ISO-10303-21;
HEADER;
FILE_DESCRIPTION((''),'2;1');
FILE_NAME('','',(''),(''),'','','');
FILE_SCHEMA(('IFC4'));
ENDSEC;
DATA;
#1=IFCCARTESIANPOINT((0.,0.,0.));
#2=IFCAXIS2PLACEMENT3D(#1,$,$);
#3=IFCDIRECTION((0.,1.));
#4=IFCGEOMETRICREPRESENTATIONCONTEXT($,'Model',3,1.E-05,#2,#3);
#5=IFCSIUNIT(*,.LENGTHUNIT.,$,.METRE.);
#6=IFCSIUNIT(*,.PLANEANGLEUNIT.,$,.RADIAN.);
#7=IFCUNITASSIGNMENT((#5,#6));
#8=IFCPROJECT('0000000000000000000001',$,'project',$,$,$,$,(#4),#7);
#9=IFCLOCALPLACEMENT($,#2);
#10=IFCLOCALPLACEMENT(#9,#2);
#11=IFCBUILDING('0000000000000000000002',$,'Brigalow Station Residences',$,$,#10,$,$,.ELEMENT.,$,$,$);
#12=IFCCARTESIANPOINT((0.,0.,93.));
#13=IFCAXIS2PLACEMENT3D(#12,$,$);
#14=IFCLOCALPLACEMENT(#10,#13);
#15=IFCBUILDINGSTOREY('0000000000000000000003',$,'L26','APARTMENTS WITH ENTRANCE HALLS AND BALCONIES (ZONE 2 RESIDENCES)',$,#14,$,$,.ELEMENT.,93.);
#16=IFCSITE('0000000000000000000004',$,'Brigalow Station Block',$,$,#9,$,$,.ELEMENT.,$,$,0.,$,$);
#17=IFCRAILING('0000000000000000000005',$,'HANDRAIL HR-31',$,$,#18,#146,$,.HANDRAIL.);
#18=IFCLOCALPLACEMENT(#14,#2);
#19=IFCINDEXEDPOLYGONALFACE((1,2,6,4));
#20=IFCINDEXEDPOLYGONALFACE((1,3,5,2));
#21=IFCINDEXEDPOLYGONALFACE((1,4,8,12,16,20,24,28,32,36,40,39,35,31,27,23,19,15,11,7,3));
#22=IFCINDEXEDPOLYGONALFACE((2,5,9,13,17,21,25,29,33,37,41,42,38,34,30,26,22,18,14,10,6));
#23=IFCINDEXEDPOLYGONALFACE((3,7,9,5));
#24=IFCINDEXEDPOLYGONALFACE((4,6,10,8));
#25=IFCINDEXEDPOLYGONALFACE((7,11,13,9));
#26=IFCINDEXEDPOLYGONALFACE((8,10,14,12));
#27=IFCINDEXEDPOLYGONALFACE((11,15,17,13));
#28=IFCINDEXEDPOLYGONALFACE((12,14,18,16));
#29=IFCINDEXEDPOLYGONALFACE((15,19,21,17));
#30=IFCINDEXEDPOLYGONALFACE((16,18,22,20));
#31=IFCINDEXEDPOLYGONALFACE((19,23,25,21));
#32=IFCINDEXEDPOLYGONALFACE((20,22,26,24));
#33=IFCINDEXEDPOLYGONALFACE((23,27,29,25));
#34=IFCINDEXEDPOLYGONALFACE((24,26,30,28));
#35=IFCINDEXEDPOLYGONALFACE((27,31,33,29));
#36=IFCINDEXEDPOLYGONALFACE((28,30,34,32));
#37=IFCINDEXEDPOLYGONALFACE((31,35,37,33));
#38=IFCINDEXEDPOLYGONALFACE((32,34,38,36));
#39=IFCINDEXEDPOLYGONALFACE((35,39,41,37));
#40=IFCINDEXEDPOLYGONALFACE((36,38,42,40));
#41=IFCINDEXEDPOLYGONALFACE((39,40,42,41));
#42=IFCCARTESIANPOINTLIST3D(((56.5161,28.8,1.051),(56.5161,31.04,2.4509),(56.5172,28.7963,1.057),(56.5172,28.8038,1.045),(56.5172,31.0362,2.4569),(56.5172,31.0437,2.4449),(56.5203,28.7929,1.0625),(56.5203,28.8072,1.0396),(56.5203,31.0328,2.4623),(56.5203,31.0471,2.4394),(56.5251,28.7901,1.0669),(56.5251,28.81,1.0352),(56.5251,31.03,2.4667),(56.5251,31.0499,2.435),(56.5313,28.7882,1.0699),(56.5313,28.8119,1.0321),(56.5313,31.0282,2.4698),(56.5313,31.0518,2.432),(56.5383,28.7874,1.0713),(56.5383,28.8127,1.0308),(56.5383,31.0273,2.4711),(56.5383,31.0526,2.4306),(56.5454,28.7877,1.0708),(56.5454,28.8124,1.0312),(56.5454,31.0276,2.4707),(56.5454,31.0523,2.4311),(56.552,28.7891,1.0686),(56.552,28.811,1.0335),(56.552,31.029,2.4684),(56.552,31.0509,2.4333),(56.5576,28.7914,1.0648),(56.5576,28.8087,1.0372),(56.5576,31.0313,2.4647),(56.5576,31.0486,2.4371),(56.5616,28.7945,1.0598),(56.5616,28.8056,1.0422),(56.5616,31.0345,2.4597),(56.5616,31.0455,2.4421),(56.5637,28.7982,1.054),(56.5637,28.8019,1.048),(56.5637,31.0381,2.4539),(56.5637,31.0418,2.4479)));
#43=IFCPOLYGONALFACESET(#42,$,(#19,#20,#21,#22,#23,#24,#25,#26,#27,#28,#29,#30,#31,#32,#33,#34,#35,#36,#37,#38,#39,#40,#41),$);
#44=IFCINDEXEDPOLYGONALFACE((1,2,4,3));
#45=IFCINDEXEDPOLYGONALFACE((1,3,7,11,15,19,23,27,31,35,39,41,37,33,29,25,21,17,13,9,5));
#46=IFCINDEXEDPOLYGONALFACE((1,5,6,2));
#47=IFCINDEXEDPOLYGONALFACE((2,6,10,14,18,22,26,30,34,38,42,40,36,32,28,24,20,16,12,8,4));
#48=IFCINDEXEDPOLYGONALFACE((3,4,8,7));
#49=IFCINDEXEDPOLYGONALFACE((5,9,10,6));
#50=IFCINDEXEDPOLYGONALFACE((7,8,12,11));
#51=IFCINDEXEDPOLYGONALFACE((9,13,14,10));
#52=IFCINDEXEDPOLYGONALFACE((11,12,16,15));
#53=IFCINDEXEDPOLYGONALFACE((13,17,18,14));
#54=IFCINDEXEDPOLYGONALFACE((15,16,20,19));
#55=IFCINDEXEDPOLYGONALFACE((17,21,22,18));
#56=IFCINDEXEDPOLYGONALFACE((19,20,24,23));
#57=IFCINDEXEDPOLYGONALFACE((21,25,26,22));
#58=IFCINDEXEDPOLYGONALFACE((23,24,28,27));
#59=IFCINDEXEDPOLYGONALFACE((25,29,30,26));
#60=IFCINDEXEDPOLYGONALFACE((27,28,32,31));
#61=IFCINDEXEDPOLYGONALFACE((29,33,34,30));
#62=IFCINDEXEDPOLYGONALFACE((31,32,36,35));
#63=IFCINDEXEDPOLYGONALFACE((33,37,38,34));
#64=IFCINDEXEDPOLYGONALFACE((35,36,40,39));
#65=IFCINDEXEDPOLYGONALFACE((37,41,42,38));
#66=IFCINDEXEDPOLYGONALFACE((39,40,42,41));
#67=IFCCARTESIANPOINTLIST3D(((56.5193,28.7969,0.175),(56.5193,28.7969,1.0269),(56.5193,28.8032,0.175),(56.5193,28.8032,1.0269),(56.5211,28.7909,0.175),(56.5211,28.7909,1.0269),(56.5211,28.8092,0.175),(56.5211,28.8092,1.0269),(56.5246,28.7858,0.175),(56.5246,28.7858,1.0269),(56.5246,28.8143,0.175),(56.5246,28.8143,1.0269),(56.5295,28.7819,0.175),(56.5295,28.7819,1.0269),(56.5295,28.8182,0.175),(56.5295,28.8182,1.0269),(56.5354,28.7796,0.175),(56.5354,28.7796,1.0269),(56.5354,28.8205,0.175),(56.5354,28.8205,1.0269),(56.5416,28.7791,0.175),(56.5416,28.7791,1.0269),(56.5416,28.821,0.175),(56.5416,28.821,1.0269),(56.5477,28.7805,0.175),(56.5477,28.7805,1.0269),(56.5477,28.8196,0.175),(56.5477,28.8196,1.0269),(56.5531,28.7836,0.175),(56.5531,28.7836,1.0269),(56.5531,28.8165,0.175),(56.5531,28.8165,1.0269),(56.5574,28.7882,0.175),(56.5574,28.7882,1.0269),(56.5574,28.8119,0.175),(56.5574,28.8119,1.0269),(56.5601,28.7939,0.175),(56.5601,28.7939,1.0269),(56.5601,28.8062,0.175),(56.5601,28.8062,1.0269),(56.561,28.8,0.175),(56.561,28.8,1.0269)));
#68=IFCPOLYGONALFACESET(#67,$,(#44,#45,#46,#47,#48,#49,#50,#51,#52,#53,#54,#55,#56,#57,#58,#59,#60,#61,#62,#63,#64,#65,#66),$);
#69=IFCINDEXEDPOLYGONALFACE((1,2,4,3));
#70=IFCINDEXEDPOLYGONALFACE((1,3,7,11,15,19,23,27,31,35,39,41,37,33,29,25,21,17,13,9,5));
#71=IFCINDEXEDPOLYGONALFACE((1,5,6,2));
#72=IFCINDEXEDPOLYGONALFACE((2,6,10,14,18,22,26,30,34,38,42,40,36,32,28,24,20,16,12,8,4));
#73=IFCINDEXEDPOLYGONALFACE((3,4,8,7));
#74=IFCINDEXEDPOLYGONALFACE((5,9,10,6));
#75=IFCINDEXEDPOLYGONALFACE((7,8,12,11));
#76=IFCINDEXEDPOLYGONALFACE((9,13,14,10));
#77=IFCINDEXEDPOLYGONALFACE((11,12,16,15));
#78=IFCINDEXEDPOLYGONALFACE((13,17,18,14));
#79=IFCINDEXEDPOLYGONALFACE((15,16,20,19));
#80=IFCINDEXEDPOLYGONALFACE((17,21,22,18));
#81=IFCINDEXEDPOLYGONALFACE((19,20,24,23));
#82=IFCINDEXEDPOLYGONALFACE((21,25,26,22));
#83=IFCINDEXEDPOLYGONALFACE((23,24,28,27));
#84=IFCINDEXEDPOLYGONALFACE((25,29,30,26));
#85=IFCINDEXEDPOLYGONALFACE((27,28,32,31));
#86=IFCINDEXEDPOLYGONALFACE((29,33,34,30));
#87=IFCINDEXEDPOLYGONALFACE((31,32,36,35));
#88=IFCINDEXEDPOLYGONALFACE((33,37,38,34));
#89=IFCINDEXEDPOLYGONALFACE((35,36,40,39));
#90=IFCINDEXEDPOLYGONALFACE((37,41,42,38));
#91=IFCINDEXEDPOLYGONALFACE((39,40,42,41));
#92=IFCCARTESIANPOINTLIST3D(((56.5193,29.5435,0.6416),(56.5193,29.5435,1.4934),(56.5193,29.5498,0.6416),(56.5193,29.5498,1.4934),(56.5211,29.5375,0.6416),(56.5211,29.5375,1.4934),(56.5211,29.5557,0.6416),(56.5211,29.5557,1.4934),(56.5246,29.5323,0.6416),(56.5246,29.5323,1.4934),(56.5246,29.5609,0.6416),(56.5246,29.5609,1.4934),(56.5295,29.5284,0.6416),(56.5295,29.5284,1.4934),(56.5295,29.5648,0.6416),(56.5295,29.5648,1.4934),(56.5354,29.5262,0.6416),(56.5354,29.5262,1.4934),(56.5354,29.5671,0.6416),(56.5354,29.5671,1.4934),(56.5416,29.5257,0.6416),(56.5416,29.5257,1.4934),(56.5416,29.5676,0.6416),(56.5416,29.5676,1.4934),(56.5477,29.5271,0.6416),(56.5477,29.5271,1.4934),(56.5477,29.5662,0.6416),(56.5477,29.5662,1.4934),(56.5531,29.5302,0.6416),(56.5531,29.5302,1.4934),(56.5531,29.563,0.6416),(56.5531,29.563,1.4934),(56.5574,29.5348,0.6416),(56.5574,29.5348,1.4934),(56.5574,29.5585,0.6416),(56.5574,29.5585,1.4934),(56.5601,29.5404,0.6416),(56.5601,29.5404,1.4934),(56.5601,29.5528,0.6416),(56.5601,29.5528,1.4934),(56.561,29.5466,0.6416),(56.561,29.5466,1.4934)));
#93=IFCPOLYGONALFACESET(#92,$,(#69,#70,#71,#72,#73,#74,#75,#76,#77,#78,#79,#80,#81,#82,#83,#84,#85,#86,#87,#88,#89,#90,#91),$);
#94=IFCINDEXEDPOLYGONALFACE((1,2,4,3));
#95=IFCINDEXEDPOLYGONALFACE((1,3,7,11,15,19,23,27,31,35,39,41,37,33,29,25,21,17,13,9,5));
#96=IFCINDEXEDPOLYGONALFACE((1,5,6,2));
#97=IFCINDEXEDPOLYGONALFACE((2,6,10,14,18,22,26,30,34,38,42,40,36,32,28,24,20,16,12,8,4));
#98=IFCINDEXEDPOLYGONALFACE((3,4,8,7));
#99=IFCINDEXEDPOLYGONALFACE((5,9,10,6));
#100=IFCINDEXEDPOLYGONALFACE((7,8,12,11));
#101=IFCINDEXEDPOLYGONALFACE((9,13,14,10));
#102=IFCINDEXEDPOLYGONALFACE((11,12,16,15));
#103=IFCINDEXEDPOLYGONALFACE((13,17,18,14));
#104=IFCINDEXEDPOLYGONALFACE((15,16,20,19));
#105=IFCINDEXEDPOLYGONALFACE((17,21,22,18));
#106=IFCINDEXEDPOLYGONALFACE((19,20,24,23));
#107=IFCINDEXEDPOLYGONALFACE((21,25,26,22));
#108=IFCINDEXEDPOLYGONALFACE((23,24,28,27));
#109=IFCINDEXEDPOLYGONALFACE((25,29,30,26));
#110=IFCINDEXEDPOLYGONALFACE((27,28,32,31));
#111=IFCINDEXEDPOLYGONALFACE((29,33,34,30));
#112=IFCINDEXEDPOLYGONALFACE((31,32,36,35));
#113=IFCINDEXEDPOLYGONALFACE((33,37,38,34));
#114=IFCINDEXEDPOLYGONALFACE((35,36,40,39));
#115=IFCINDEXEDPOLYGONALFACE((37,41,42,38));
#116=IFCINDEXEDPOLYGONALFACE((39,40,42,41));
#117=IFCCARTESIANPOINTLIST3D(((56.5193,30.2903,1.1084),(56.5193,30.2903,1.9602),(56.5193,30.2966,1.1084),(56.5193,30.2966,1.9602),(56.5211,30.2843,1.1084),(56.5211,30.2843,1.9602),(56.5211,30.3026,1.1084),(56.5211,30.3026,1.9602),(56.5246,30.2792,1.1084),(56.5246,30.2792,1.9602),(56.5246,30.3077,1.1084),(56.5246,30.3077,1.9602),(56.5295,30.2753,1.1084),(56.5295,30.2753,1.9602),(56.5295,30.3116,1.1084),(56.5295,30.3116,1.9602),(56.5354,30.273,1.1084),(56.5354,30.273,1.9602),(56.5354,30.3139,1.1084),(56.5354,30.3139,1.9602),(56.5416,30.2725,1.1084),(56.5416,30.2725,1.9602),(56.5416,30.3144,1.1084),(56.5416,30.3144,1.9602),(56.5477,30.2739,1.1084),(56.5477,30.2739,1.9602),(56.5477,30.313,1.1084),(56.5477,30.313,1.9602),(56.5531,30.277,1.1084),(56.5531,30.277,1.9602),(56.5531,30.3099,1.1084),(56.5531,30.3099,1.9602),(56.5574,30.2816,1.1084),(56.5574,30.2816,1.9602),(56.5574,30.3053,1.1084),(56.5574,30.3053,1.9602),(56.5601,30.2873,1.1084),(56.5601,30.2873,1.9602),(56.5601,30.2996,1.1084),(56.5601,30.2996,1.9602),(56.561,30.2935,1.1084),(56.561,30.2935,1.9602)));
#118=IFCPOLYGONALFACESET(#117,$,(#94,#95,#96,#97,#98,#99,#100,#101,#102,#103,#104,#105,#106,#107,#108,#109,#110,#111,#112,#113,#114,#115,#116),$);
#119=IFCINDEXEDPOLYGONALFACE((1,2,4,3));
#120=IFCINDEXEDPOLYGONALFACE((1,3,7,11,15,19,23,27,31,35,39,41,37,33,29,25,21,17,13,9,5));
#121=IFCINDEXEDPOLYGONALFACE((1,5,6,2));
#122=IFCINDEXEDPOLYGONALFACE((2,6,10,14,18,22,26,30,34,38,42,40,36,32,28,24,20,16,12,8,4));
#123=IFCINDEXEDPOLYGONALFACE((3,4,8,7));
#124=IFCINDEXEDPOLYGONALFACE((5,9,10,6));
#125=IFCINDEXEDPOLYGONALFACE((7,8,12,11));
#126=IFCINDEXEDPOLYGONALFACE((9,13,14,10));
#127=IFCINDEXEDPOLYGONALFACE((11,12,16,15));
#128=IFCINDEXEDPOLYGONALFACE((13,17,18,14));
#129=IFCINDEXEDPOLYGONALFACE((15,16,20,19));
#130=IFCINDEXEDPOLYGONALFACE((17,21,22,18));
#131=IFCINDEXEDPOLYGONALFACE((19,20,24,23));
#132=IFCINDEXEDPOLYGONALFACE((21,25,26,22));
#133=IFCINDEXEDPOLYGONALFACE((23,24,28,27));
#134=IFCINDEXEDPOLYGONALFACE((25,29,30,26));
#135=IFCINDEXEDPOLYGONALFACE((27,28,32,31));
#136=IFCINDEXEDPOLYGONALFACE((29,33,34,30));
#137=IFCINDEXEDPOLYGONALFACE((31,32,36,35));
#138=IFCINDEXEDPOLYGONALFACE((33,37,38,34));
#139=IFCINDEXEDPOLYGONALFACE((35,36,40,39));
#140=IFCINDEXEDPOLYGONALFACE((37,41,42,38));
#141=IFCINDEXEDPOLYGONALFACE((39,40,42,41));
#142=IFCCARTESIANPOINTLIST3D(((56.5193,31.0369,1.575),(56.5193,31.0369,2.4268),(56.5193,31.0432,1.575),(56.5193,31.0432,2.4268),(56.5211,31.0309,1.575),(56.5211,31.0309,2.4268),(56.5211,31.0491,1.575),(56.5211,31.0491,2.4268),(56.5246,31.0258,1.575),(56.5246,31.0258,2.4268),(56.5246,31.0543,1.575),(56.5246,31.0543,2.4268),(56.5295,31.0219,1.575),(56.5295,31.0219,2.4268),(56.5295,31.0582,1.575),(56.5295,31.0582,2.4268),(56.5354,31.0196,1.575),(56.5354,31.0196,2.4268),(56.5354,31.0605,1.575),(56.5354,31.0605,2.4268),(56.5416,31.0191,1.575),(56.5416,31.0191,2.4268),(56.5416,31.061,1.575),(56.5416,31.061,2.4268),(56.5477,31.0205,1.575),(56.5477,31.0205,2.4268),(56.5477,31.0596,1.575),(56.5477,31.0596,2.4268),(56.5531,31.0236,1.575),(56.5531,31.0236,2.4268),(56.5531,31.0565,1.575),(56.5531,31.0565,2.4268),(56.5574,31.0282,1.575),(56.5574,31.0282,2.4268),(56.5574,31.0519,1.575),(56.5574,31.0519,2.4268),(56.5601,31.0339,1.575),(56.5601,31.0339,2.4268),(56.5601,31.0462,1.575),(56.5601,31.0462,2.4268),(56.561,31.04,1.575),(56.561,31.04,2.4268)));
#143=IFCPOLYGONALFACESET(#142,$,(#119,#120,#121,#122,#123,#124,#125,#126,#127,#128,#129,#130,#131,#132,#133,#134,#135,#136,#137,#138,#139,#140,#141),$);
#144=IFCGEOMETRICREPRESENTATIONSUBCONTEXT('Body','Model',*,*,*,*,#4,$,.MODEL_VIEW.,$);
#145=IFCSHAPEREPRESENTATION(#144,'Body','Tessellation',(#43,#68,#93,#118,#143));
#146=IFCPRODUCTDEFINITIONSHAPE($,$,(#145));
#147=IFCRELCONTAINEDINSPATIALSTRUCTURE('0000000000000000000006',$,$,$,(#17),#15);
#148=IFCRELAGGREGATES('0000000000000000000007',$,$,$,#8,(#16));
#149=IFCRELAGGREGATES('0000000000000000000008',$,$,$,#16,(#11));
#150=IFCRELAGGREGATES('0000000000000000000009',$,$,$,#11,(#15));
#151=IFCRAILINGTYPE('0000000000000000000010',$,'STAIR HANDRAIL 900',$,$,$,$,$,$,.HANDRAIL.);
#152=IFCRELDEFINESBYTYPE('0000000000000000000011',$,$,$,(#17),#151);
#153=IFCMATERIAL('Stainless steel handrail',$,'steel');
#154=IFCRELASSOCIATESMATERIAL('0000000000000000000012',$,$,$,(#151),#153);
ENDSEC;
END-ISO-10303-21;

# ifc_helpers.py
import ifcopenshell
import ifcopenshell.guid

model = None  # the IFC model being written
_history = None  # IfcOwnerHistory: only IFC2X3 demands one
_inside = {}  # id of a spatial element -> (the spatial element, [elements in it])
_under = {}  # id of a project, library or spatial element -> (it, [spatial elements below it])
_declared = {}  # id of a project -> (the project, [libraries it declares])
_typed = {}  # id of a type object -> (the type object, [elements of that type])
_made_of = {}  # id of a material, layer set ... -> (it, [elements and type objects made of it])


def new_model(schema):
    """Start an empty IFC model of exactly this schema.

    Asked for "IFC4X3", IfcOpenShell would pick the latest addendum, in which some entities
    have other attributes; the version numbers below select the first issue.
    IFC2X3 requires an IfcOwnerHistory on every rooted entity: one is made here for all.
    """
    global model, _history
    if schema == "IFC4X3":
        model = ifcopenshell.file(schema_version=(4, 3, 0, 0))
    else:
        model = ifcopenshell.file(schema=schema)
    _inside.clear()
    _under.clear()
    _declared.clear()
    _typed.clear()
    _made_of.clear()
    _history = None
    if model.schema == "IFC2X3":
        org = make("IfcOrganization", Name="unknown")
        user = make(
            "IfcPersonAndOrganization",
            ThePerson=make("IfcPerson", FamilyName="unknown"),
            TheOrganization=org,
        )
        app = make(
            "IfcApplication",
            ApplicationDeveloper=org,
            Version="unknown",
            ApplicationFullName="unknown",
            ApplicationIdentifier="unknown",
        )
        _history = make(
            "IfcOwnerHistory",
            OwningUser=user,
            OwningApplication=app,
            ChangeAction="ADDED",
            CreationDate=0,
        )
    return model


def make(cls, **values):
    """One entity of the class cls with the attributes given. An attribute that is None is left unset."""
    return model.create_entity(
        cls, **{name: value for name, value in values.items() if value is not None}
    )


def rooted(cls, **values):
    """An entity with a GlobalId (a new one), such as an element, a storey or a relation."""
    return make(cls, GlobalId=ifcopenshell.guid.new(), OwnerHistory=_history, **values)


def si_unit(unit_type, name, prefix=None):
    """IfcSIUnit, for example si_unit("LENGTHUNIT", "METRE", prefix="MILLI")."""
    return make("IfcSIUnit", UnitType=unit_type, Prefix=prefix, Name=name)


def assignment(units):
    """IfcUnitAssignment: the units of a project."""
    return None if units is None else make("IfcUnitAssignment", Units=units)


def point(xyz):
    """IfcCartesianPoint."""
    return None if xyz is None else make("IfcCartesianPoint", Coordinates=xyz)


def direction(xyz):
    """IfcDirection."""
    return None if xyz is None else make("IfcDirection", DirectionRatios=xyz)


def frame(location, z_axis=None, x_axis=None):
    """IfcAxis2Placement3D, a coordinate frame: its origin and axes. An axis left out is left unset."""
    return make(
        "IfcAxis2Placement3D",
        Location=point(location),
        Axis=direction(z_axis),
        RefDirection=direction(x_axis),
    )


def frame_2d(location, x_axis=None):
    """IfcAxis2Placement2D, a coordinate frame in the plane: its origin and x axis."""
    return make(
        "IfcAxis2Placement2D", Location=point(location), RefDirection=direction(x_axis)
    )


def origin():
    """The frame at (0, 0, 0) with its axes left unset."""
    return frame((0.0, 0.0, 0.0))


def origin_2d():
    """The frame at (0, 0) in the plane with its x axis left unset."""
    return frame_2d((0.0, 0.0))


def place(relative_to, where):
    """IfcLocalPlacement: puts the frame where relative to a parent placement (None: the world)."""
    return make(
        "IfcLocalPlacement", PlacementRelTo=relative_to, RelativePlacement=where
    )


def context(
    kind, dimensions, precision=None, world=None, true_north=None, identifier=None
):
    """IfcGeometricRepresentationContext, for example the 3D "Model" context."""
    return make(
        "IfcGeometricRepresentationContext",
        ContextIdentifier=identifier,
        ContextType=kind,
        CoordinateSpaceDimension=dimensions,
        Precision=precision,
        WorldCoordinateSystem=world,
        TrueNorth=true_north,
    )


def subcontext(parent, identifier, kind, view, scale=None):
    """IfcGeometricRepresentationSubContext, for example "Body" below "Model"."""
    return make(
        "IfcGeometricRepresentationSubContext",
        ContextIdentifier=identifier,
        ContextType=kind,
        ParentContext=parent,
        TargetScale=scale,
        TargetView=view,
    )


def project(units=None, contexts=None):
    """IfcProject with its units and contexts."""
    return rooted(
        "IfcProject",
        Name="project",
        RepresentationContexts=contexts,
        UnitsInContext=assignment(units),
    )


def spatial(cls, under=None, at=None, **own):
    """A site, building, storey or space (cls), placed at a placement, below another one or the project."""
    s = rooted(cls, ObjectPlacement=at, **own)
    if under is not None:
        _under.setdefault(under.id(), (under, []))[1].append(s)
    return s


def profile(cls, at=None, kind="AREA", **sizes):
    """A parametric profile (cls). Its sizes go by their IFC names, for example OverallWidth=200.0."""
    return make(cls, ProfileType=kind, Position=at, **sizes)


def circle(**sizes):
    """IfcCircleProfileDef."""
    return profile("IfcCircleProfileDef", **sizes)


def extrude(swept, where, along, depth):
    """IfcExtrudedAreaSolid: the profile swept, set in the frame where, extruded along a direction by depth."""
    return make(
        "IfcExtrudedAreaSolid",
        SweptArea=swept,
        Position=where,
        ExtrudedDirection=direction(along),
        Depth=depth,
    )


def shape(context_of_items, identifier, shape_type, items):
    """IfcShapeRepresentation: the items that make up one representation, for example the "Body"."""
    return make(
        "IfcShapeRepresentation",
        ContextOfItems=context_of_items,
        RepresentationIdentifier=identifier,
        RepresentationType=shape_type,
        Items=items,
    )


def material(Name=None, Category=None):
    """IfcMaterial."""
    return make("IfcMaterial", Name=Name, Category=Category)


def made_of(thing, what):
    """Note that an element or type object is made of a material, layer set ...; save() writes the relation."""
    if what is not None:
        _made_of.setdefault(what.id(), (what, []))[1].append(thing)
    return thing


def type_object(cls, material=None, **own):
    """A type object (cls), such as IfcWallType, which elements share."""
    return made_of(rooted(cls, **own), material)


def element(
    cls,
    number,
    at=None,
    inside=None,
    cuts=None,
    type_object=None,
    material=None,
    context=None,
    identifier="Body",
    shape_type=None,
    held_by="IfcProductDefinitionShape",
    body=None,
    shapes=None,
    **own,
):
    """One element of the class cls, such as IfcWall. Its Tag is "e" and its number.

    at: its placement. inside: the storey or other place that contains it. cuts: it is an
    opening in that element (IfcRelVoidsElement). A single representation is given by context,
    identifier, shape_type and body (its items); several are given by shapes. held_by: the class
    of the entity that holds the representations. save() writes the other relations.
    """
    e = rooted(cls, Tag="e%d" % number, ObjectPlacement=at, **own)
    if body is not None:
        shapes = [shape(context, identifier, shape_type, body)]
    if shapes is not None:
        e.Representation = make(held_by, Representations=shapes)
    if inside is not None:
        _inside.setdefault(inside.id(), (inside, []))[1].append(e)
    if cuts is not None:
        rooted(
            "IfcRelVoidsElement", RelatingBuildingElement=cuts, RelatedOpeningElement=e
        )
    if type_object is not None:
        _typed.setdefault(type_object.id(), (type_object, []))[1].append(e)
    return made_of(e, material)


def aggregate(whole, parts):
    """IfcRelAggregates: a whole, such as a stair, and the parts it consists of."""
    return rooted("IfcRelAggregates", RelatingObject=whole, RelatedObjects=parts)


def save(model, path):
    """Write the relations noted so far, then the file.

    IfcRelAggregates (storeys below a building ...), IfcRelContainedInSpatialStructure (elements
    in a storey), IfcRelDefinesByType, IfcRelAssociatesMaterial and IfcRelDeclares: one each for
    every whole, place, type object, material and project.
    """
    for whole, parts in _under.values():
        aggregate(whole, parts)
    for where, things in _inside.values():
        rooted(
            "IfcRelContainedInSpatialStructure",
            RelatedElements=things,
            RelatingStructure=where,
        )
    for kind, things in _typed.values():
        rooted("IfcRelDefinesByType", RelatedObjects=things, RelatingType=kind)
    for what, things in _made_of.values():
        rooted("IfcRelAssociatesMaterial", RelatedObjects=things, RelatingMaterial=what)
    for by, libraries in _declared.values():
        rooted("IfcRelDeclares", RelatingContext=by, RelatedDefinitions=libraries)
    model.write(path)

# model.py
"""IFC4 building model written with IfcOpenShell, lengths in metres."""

from ifc_helpers import new_model, si_unit, direction, frame, origin, origin_2d, place, context, subcontext, project, spatial, circle, extrude, material, type_object, element, save


model = new_model("IFC4")

# Units and contexts
model_context = context("Model", 3, precision=1e-05, world=origin(), true_north=direction((0.0, 1.0)))
body_context = subcontext(model_context, "Body", "Model", "MODEL_VIEW")
ifc_project = project(units=[si_unit("LENGTHUNIT", "METRE"), si_unit("PLANEANGLEUNIT", "RADIAN")], contexts=[model_context])

# Site, building, storey
site_placement = place(None, origin())
site = spatial("IfcSite", under=ifc_project, at=site_placement, Name="Brigalow Station Block", CompositionType="ELEMENT", RefElevation=0.0)
building_placement = place(site_placement, origin())
building = spatial("IfcBuilding", under=site, at=building_placement, Name="Brigalow Station Residences", CompositionType="ELEMENT")
storey_placement = place(building_placement, frame((0.0, 0.0, 93.0)))
storey = spatial("IfcBuildingStorey", under=building, at=storey_placement, Name="L26", Description="APARTMENTS WITH ENTRANCE HALLS AND BALCONIES (ZONE 2 RESIDENCES)", CompositionType="ELEMENT", Elevation=93.0)

# Railing
ifc_material_1 = material(Name="Stainless steel handrail", Category="steel")
railing_type_1 = type_object("IfcRailingType", Name="STAIR HANDRAIL 900", PredefinedType="HANDRAIL", material=ifc_material_1)
railing_1_placement = place(storey_placement, frame((56.54, 28.8, 0.175)))
element("IfcRailing", 1, at=railing_1_placement, inside=storey, type_object=railing_type_1, Name="HANDRAIL HR-31", PredefinedType="HANDRAIL", context=body_context, shape_type="SweptSolid", body=[
    extrude(circle(Radius=0.0239, at=origin_2d()), frame((0.0, 0.0, 0.876), z_axis=(0.0, 0.848014, 0.529974), x_axis=(-1.0, 0.0, 0.0)), (0.0, 0.0, 1.0), 2.6414),
    extrude(circle(Radius=0.021, at=origin_2d()), origin(), (0.0, 0.0, 1.0), 0.8518),
    extrude(circle(Radius=0.021, at=origin_2d()), frame((0.0, 0.7466, 0.4666)), (0.0, 0.0, 1.0), 0.8518),
    extrude(circle(Radius=0.021, at=origin_2d()), frame((0.0, 1.4934, 0.9333)), (0.0, 0.0, 1.0), 0.8518),
    extrude(circle(Radius=0.021, at=origin_2d()), frame((0.0, 2.24, 1.3999)), (0.0, 0.0, 1.0), 0.8518),
])

save(model, "model.ifc")
